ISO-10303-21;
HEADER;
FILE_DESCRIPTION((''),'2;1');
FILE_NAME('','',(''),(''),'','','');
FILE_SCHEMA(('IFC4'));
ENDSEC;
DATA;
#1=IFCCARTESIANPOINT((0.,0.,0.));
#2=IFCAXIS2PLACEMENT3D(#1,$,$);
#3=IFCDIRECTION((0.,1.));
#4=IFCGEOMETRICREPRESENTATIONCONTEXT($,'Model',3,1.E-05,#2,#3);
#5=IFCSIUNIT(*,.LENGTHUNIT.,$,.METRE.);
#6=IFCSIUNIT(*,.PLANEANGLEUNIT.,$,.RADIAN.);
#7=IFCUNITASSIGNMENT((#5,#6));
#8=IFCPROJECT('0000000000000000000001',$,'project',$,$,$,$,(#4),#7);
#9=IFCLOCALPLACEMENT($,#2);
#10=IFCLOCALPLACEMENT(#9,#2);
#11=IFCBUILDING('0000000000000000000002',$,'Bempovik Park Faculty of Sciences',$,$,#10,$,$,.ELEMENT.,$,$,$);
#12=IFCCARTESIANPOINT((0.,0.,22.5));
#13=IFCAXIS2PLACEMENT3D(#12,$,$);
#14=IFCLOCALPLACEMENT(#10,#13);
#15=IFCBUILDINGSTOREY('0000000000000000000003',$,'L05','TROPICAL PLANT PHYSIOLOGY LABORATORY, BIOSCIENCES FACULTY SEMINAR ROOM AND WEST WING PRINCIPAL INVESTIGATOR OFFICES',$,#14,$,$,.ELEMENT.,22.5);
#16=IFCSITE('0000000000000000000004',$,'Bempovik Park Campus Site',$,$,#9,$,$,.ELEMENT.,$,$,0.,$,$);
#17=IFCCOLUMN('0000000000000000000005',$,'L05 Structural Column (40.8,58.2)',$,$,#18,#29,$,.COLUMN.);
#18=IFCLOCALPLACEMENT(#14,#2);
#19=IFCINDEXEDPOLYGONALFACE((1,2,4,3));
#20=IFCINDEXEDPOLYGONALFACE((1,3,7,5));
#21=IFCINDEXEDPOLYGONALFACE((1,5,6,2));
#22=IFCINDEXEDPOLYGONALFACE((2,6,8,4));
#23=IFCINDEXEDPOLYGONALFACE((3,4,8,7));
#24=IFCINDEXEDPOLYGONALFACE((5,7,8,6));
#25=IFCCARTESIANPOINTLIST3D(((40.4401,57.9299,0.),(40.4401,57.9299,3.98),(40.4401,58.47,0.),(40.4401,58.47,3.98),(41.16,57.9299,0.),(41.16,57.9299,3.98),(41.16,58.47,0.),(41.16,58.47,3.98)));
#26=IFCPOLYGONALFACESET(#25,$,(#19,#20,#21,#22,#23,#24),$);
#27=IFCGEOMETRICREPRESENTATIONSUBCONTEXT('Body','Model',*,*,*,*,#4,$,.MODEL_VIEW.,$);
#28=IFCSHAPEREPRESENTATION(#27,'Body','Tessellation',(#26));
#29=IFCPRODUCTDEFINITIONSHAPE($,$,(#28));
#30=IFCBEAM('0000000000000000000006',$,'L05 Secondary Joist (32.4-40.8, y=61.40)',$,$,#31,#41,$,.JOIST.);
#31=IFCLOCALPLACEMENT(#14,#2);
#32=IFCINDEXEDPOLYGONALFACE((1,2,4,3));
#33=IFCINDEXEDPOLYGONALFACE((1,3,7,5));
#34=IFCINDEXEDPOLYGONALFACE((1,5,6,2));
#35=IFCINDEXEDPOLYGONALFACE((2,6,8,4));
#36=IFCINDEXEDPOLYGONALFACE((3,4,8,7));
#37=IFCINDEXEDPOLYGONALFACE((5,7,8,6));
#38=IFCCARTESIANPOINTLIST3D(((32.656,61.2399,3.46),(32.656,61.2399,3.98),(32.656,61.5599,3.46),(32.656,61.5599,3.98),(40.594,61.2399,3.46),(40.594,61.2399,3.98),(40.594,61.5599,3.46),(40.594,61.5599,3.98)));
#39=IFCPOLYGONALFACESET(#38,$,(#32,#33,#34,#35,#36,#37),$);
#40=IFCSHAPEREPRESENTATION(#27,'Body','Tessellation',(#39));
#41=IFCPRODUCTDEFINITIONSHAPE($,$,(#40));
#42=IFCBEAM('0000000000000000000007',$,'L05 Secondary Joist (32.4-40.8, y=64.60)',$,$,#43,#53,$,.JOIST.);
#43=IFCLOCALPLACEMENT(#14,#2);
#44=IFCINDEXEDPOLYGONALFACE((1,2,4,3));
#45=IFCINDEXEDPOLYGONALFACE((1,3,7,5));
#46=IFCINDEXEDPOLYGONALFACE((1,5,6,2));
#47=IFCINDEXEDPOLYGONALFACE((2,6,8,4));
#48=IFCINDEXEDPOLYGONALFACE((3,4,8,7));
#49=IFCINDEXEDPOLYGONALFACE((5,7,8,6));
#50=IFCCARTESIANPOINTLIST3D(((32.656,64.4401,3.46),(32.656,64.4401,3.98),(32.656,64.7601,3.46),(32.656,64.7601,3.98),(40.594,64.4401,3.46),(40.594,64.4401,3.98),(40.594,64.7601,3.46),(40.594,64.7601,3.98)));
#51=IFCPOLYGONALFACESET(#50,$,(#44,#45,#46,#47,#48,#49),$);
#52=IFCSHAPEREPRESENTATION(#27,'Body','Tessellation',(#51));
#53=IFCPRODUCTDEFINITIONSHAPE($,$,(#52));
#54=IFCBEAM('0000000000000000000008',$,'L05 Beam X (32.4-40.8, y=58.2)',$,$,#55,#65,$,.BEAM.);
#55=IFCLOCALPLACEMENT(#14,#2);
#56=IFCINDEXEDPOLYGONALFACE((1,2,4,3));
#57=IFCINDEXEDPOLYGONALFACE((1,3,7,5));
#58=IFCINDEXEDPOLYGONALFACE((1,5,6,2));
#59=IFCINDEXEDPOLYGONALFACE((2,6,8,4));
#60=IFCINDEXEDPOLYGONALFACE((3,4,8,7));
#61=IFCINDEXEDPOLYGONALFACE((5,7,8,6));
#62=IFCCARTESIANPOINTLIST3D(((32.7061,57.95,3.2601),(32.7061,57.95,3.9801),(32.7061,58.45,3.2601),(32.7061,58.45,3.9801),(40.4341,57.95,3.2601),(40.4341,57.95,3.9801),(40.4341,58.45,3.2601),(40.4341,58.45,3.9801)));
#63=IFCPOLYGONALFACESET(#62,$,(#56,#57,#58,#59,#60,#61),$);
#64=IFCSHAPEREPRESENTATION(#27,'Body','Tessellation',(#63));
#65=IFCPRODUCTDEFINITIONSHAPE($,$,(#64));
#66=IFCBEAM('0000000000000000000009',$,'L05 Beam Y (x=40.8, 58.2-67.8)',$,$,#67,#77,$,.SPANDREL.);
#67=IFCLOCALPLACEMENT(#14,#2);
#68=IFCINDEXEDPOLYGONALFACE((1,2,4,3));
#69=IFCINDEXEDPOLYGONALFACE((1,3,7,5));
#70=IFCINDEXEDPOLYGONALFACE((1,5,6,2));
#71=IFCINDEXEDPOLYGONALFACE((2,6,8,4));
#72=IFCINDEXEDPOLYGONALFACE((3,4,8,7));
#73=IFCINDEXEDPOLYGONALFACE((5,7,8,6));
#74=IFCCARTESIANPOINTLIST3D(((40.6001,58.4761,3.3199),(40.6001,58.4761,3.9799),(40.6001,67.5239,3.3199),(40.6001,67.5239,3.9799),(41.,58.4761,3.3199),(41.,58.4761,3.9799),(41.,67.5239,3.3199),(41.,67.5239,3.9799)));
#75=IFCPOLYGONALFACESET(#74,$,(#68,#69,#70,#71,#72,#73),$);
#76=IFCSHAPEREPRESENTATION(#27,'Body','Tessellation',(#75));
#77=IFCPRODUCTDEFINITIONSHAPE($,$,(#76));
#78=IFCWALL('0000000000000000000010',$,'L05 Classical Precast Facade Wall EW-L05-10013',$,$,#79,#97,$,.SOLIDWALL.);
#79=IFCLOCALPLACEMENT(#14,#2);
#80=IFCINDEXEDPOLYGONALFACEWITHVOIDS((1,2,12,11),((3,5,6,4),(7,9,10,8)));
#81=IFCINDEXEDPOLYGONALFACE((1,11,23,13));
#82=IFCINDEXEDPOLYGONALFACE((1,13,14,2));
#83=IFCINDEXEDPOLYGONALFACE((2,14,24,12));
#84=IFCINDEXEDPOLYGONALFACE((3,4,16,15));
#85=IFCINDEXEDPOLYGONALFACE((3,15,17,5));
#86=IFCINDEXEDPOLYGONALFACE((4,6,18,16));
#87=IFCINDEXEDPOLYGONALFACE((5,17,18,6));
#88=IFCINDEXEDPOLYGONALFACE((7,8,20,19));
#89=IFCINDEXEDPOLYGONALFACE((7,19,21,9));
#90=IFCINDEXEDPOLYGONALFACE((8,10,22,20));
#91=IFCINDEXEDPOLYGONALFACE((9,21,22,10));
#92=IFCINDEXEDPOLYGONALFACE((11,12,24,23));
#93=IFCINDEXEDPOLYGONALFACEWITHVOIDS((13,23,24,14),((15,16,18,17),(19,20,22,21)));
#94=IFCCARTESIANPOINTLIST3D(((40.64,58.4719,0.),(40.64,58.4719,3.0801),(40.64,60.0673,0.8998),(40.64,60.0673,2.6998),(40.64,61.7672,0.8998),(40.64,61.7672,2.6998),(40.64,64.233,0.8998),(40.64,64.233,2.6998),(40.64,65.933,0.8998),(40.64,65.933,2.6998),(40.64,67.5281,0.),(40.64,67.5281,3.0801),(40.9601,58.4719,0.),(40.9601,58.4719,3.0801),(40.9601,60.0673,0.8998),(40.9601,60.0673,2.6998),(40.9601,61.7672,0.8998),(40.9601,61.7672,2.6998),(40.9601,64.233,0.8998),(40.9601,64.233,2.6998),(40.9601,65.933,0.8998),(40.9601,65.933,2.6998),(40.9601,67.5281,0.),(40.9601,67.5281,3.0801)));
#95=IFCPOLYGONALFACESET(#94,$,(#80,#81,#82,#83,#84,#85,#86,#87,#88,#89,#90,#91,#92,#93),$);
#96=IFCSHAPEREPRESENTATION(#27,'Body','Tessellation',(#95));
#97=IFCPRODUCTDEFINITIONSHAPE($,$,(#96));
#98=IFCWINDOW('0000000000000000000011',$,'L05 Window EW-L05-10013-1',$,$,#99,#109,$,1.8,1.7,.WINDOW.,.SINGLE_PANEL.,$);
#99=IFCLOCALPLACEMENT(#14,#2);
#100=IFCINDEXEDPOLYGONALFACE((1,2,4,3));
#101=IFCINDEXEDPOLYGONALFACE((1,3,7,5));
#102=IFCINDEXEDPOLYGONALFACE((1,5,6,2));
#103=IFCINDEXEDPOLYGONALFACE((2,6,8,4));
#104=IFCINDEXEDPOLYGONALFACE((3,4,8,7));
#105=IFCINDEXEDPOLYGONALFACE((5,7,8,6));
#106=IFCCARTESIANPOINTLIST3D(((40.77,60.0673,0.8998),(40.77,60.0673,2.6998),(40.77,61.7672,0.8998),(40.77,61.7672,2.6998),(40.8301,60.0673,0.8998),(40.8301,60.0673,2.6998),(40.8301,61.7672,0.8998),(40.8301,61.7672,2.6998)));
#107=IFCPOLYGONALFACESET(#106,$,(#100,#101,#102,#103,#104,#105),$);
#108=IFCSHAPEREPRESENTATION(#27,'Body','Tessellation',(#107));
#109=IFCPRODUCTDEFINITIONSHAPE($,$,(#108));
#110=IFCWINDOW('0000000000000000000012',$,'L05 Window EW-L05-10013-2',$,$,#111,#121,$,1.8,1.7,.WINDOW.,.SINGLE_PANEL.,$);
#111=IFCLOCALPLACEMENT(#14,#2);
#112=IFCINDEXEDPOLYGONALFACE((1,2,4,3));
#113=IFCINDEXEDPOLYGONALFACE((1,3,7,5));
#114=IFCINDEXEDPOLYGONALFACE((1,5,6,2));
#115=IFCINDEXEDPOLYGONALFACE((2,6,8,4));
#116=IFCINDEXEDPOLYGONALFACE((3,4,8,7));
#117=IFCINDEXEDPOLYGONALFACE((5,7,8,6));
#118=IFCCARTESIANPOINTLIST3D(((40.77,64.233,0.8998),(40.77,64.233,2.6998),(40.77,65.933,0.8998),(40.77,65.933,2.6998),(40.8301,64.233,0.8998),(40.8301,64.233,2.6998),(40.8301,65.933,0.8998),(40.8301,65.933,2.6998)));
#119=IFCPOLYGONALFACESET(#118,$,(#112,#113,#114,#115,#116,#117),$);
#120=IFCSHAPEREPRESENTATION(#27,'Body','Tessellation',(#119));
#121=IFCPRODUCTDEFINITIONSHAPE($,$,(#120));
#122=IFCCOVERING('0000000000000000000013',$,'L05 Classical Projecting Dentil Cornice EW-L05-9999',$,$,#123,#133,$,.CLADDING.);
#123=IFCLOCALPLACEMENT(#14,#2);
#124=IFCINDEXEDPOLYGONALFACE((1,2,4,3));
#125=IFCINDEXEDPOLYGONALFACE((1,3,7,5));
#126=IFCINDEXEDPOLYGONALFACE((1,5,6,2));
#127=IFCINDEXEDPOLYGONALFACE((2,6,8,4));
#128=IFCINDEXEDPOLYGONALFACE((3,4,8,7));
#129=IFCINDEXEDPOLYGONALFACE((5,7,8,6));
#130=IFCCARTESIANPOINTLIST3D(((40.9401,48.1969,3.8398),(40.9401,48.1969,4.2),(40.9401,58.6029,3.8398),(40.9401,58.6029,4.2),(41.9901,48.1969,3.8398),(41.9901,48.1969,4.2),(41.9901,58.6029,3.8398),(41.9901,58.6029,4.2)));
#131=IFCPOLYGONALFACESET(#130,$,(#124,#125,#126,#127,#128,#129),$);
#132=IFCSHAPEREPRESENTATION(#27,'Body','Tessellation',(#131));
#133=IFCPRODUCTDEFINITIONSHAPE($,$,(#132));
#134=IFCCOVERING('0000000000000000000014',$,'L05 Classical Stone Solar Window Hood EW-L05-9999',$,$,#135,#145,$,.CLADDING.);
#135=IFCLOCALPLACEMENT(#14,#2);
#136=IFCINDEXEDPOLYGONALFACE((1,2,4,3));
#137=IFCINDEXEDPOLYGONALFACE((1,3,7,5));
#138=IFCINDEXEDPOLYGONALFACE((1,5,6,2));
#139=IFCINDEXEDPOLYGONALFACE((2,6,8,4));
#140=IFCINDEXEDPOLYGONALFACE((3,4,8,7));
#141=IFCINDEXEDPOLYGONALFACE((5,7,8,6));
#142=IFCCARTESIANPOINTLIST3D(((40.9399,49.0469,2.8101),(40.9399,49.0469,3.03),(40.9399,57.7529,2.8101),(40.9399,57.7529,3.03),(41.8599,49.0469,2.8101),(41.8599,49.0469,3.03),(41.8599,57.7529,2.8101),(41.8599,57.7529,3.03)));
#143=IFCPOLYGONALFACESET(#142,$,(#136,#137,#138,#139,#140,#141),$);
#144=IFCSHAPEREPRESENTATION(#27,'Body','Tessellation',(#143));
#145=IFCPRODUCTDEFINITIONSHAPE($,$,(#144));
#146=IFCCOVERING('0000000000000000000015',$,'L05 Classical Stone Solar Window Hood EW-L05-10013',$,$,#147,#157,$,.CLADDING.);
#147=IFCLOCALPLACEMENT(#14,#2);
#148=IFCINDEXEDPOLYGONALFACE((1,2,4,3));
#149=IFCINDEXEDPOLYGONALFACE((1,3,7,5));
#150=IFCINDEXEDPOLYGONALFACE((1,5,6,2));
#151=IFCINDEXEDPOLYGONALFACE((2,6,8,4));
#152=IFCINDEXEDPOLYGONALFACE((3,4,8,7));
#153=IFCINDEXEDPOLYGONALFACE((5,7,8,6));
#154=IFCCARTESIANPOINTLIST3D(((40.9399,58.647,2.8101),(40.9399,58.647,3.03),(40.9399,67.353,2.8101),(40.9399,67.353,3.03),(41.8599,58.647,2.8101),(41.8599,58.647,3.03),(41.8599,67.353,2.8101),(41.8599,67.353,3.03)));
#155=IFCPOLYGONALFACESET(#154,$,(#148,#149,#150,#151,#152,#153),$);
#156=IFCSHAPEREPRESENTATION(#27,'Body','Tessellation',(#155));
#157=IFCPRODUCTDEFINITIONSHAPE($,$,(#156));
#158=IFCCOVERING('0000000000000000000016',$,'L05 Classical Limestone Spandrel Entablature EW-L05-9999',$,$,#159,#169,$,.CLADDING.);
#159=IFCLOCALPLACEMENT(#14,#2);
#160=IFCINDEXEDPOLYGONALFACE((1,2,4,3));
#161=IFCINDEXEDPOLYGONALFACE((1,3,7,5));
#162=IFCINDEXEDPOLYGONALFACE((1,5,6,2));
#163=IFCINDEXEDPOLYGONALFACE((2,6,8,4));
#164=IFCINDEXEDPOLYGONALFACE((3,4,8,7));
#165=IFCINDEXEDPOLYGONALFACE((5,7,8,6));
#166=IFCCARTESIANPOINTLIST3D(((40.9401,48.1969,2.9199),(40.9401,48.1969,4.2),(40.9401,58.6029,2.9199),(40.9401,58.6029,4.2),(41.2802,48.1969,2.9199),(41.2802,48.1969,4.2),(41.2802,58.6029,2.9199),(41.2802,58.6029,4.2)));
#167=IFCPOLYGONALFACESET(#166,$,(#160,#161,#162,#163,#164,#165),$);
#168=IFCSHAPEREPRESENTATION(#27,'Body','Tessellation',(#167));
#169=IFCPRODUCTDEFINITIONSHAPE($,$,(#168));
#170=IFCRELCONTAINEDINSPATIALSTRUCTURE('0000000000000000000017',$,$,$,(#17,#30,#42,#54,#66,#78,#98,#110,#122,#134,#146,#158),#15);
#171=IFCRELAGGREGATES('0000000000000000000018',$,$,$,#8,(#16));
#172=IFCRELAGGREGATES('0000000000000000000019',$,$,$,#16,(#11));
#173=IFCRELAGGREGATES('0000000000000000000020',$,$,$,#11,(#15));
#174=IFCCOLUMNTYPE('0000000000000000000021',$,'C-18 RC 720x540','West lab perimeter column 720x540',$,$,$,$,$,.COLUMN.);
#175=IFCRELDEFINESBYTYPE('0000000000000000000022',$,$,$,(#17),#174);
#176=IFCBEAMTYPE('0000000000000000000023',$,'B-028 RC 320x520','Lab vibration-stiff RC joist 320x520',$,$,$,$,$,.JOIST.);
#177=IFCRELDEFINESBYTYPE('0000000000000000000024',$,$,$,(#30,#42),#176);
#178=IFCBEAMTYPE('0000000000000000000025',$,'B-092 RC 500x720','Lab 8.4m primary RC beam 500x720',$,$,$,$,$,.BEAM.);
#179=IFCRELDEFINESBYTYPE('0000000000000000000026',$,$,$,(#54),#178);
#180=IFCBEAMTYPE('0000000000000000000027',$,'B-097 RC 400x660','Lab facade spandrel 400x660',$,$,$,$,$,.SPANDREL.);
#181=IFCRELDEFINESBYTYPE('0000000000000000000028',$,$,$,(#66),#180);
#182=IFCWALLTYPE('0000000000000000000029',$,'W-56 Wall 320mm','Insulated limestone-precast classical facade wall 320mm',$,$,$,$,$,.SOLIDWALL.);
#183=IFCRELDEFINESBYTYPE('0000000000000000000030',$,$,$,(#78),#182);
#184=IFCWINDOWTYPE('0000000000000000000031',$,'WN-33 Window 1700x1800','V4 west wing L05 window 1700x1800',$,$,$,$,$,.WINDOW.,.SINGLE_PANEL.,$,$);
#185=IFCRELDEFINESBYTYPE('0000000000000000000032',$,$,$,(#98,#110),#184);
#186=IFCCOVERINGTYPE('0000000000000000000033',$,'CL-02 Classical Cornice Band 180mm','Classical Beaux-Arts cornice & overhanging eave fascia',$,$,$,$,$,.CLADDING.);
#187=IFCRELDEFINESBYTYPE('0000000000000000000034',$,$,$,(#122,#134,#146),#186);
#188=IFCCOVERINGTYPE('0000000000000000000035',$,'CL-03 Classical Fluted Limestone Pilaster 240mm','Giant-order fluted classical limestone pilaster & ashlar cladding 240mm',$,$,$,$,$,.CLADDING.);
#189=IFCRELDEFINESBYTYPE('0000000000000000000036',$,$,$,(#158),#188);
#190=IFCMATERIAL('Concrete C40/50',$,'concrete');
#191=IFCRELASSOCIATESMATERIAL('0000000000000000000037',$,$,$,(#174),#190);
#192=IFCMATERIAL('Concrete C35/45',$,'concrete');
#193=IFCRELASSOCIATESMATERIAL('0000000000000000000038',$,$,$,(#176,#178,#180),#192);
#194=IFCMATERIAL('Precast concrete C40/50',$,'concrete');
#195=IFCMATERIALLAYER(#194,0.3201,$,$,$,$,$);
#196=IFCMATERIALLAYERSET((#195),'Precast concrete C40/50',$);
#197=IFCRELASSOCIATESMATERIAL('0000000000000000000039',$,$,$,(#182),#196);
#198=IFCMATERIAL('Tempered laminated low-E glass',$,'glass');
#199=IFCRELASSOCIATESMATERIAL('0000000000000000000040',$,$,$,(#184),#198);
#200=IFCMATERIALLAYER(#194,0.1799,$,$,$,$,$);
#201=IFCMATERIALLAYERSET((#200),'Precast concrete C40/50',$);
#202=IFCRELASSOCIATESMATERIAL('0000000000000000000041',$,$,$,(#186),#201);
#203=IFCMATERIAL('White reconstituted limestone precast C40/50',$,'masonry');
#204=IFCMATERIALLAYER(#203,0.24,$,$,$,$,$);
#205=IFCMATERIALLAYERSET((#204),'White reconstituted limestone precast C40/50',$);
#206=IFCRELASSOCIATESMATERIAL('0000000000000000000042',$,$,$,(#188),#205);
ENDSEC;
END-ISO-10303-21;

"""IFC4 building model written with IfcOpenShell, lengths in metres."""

from ifc_helpers import new_model, si_unit, direction, frame, frame_2d, origin, origin_2d, place, context, subcontext, project, spatial, rectangle, extrude, material, layer, layer_set, material_profile, profile_set, type_object, element, fill, save


model = new_model("IFC4")

# Units and contexts
model_context = context("Model", 3, precision=1e-05, world=origin(), true_north=direction((0.0, 1.0)))
body_context = subcontext(model_context, "Body", "Model", "MODEL_VIEW")
ifc_project = project(units=[si_unit("LENGTHUNIT", "METRE"), si_unit("PLANEANGLEUNIT", "RADIAN")], contexts=[model_context])

# Site, building, storey
site_placement = place(None, origin())
site = spatial("IfcSite", under=ifc_project, at=site_placement, Name="Bempovik Park Campus Site", CompositionType="ELEMENT", RefElevation=0.0)
building_placement = place(site_placement, origin())
building = spatial("IfcBuilding", under=site, at=building_placement, Name="Bempovik Park Faculty of Sciences", CompositionType="ELEMENT")
storey_placement = place(building_placement, frame((0.0, 0.0, 22.5)))
storey = spatial("IfcBuildingStorey", under=building, at=storey_placement, Name="L05", Description="TROPICAL PLANT PHYSIOLOGY LABORATORY, BIOSCIENCES FACULTY SEMINAR ROOM AND WEST WING PRINCIPAL INVESTIGATOR OFFICES", CompositionType="ELEMENT", Elevation=22.5)

# Column
ifc_material_1 = material(Name="Concrete C40/50", Category="concrete")
ifc_material_profile_1 = material_profile(ifc_material_1, rectangle(XDim=0.72, YDim=0.54, at=origin_2d()), Name="RC 720x540")
ifc_profile_set_1 = profile_set([ifc_material_profile_1], Name="Concrete C40/50")
column_type = type_object("IfcColumnType", Name="C-18 RC 720x540", Description="West lab perimeter column 720x540", PredefinedType="COLUMN", material=ifc_profile_set_1)
column_placement = place(storey_placement, frame((40.8, 58.2, 0.0), z_axis=(0.0, 0.0, 1.0), x_axis=(1.0, 0.0, 0.0)))
element("IfcColumn", 1, at=column_placement, inside=storey, type_object=column_type, Name="L05 Structural Column (40.8,58.2)", PredefinedType="COLUMN", context=body_context, shape_type="SweptSolid", body=[
    extrude(rectangle(XDim=0.72, YDim=0.54, at=origin_2d()), origin(), (0.0, 0.0, 1.0), 3.98),
])

# Beams
ifc_material_2 = material(Name="Concrete C35/45", Category="concrete")
ifc_material_profile_2 = material_profile(ifc_material_2, rectangle(XDim=0.3201, YDim=0.52, at=origin_2d()), Name="RC 320x520")
ifc_profile_set_2 = profile_set([ifc_material_profile_2], Name="Concrete C35/45")
beam_type_1 = type_object("IfcBeamType", Name="B-028 RC 320x520", Description="Lab vibration-stiff RC joist 320x520", PredefinedType="JOIST", material=ifc_profile_set_2)
for number, where, z_axis, x_axis, name in (
    (2, (32.656, 61.3999, 3.72), (1.0, 0.0, 0.0), (0.0, 1.0, 0.0), "L05 Secondary Joist (32.4-40.8, y=61.40)"),
    (3, (32.656, 64.6001, 3.72), (1.0, 0.0, 0.0), (0.0, 1.0, 0.0), "L05 Secondary Joist (32.4-40.8, y=64.60)"),
):
    element("IfcBeam", number, at=place(storey_placement, frame(where, z_axis=z_axis, x_axis=x_axis)), inside=storey, type_object=beam_type_1, Name=name, PredefinedType="JOIST", context=body_context, shape_type="SweptSolid", body=[
        extrude(rectangle(XDim=0.3201, YDim=0.52, at=origin_2d()), origin(), (0.0, 0.0, 1.0), 7.938),
    ])
ifc_material_profile_3 = material_profile(ifc_material_2, rectangle(XDim=0.5, YDim=0.72, at=origin_2d()), Name="RC 500x720")
ifc_profile_set_3 = profile_set([ifc_material_profile_3], Name="Concrete C35/45")
beam_type_2 = type_object("IfcBeamType", Name="B-092 RC 500x720", Description="Lab 8.4m primary RC beam 500x720", PredefinedType="BEAM", material=ifc_profile_set_3)
beam_1_placement = place(storey_placement, frame((32.7061, 58.2, 3.6201), z_axis=(1.0, 0.0, 0.0), x_axis=(0.0, 1.0, 0.0)))
element("IfcBeam", 4, at=beam_1_placement, inside=storey, type_object=beam_type_2, Name="L05 Beam X (32.4-40.8, y=58.2)", PredefinedType="BEAM", context=body_context, shape_type="SweptSolid", body=[
    extrude(rectangle(XDim=0.5, YDim=0.72, at=origin_2d()), origin(), (0.0, 0.0, 1.0), 7.728),
])
ifc_material_profile_4 = material_profile(ifc_material_2, rectangle(XDim=0.3999, YDim=0.6599, at=origin_2d()), Name="RC 400x660")
ifc_profile_set_4 = profile_set([ifc_material_profile_4], Name="Concrete C35/45")
beam_type_3 = type_object("IfcBeamType", Name="B-097 RC 400x660", Description="Lab facade spandrel 400x660", PredefinedType="SPANDREL", material=ifc_profile_set_4)
beam_2_placement = place(storey_placement, frame((40.8, 58.4761, 3.6499), z_axis=(0.0, 1.0, 0.0), x_axis=(-1.0, 0.0, 0.0)))
element("IfcBeam", 5, at=beam_2_placement, inside=storey, type_object=beam_type_3, Name="L05 Beam Y (x=40.8, 58.2-67.8)", PredefinedType="SPANDREL", context=body_context, shape_type="SweptSolid", body=[
    extrude(rectangle(XDim=0.3999, YDim=0.6599, at=origin_2d()), origin(), (0.0, 0.0, 1.0), 9.0479),
])

# Wall, openings, windows
ifc_material_3 = material(Name="Precast concrete C40/50", Category="concrete")
ifc_layer_1 = layer(ifc_material_3, 0.3201)
ifc_layer_set_1 = layer_set([ifc_layer_1], Name="Precast concrete C40/50")
wall_type = type_object("IfcWallType", Name="W-56 Wall 320mm", Description="Insulated limestone-precast classical facade wall 320mm", PredefinedType="SOLIDWALL", material=ifc_layer_set_1)
wall_placement = place(storey_placement, frame((40.8, 58.4719, 0.0), z_axis=(0.0, 0.0, 1.0), x_axis=(0.0, 1.0, 0.0)))
wall = element("IfcWall", 6, at=wall_placement, inside=storey, type_object=wall_type, Name="L05 Classical Precast Facade Wall EW-L05-10013", PredefinedType="SOLIDWALL", context=body_context, shape_type="SweptSolid", body=[
    extrude(rectangle(XDim=9.0562, YDim=0.3201, at=frame_2d((4.5281, 0.0))), origin(), (0.0, 0.0, 1.0), 3.0801),
])
opening_1_placement = place(wall_placement, frame((1.5952, 0.0, 0.8999)))
opening_1 = element("IfcOpeningElement", 7, at=opening_1_placement, cuts=wall, PredefinedType="OPENING", context=body_context, shape_type="SweptSolid", body=[
    extrude(rectangle(XDim=1.7, YDim=1.8, at=frame_2d((0.8501, 0.8999))), frame((0.0, 0.1699, 0.0), z_axis=(0.0, -1.0, 0.0), x_axis=(1.0, 0.0, 0.0)), (0.0, 0.0, 1.0), 0.3401),
])
opening_2_placement = place(wall_placement, frame((5.761, 0.0, 0.8999)))
opening_2 = element("IfcOpeningElement", 8, at=opening_2_placement, cuts=wall, PredefinedType="OPENING", context=body_context, shape_type="SweptSolid", body=[
    extrude(rectangle(XDim=1.7, YDim=1.8, at=frame_2d((0.8501, 0.8999))), frame((0.0, 0.1699, 0.0), z_axis=(0.0, -1.0, 0.0), x_axis=(1.0, 0.0, 0.0)), (0.0, 0.0, 1.0), 0.3401),
])
ifc_material_4 = material(Name="Tempered laminated low-E glass", Category="glass")
window_type = type_object("IfcWindowType", Name="WN-33 Window 1700x1800", Description="V4 west wing L05 window 1700x1800", PartitioningType="SINGLE_PANEL", PredefinedType="WINDOW", material=ifc_material_4)
window_1_placement = place(opening_1_placement, origin())
window_1 = element("IfcWindow", 9, at=window_1_placement, inside=storey, type_object=window_type, Name="L05 Window EW-L05-10013-1", OverallHeight=1.8, OverallWidth=1.7, PartitioningType="SINGLE_PANEL", PredefinedType="WINDOW", context=body_context, shape_type="SweptSolid", body=[
    extrude(rectangle(XDim=1.7, YDim=1.8, at=frame_2d((0.8501, 0.8999))), frame((0.0, 0.03, 0.0), z_axis=(0.0, -1.0, 0.0), x_axis=(1.0, 0.0, 0.0)), (0.0, 0.0, 1.0), 0.0601),
])
fill(opening_1, window_1)
window_2_placement = place(opening_2_placement, origin())
window_2 = element("IfcWindow", 10, at=window_2_placement, inside=storey, type_object=window_type, Name="L05 Window EW-L05-10013-2", OverallHeight=1.8, OverallWidth=1.7, PartitioningType="SINGLE_PANEL", PredefinedType="WINDOW", context=body_context, shape_type="SweptSolid", body=[
    extrude(rectangle(XDim=1.7, YDim=1.8, at=frame_2d((0.8501, 0.8999))), frame((0.0, 0.03, 0.0), z_axis=(0.0, -1.0, 0.0), x_axis=(1.0, 0.0, 0.0)), (0.0, 0.0, 1.0), 0.0601),
])
fill(opening_2, window_2)

# Coverings
ifc_layer_2 = layer(ifc_material_3, 0.1799)
ifc_layer_set_2 = layer_set([ifc_layer_2], Name="Precast concrete C40/50")
covering_type_1 = type_object("IfcCoveringType", Name="CL-02 Classical Cornice Band 180mm", Description="Classical Beaux-Arts cornice & overhanging eave fascia", PredefinedType="CLADDING", material=ifc_layer_set_2)
covering_1_placement = place(storey_placement, frame((41.4651, 53.3999, 3.8398), z_axis=(0.0, 0.0, 1.0), x_axis=(1.0, 0.0, 0.0)))
element("IfcCovering", 11, at=covering_1_placement, inside=storey, type_object=covering_type_1, Name="L05 Classical Projecting Dentil Cornice EW-L05-9999", PredefinedType="CLADDING", context=body_context, shape_type="SweptSolid", body=[
    extrude(rectangle(XDim=1.05, YDim=10.406, at=origin_2d()), origin(), (0.0, 0.0, 1.0), 0.3601),
])
for number, where, z_axis, x_axis, name in (
    (12, (41.3999, 53.3999, 2.8101), (0.0, 0.0, 1.0), (1.0, 0.0, 0.0), "L05 Classical Stone Solar Window Hood EW-L05-9999"),
    (13, (41.3999, 63.0, 2.8101), (0.0, 0.0, 1.0), (1.0, 0.0, 0.0), "L05 Classical Stone Solar Window Hood EW-L05-10013"),
):
    element("IfcCovering", number, at=place(storey_placement, frame(where, z_axis=z_axis, x_axis=x_axis)), inside=storey, type_object=covering_type_1, Name=name, PredefinedType="CLADDING", context=body_context, shape_type="SweptSolid", body=[
        extrude(rectangle(XDim=0.9199, YDim=8.7061, at=origin_2d()), origin(), (0.0, 0.0, 1.0), 0.22),
    ])
ifc_material_5 = material(Name="White reconstituted limestone precast C40/50", Category="masonry")
ifc_layer_3 = layer(ifc_material_5, 0.24)
ifc_layer_set_3 = layer_set([ifc_layer_3], Name="White reconstituted limestone precast C40/50")
covering_type_2 = type_object("IfcCoveringType", Name="CL-03 Classical Fluted Limestone Pilaster 240mm", Description="Giant-order fluted classical limestone pilaster & ashlar cladding 240mm", PredefinedType="CLADDING", material=ifc_layer_set_3)
covering_2_placement = place(storey_placement, frame((41.1101, 53.3999, 2.9199), z_axis=(0.0, 0.0, 1.0), x_axis=(1.0, 0.0, 0.0)))
element("IfcCovering", 14, at=covering_2_placement, inside=storey, type_object=covering_type_2, Name="L05 Classical Limestone Spandrel Entablature EW-L05-9999", PredefinedType="CLADDING", context=body_context, shape_type="SweptSolid", body=[
    extrude(rectangle(XDim=0.3401, YDim=10.406, at=origin_2d()), origin(), (0.0, 0.0, 1.0), 1.28),
])

save(model, "model.ifc")
